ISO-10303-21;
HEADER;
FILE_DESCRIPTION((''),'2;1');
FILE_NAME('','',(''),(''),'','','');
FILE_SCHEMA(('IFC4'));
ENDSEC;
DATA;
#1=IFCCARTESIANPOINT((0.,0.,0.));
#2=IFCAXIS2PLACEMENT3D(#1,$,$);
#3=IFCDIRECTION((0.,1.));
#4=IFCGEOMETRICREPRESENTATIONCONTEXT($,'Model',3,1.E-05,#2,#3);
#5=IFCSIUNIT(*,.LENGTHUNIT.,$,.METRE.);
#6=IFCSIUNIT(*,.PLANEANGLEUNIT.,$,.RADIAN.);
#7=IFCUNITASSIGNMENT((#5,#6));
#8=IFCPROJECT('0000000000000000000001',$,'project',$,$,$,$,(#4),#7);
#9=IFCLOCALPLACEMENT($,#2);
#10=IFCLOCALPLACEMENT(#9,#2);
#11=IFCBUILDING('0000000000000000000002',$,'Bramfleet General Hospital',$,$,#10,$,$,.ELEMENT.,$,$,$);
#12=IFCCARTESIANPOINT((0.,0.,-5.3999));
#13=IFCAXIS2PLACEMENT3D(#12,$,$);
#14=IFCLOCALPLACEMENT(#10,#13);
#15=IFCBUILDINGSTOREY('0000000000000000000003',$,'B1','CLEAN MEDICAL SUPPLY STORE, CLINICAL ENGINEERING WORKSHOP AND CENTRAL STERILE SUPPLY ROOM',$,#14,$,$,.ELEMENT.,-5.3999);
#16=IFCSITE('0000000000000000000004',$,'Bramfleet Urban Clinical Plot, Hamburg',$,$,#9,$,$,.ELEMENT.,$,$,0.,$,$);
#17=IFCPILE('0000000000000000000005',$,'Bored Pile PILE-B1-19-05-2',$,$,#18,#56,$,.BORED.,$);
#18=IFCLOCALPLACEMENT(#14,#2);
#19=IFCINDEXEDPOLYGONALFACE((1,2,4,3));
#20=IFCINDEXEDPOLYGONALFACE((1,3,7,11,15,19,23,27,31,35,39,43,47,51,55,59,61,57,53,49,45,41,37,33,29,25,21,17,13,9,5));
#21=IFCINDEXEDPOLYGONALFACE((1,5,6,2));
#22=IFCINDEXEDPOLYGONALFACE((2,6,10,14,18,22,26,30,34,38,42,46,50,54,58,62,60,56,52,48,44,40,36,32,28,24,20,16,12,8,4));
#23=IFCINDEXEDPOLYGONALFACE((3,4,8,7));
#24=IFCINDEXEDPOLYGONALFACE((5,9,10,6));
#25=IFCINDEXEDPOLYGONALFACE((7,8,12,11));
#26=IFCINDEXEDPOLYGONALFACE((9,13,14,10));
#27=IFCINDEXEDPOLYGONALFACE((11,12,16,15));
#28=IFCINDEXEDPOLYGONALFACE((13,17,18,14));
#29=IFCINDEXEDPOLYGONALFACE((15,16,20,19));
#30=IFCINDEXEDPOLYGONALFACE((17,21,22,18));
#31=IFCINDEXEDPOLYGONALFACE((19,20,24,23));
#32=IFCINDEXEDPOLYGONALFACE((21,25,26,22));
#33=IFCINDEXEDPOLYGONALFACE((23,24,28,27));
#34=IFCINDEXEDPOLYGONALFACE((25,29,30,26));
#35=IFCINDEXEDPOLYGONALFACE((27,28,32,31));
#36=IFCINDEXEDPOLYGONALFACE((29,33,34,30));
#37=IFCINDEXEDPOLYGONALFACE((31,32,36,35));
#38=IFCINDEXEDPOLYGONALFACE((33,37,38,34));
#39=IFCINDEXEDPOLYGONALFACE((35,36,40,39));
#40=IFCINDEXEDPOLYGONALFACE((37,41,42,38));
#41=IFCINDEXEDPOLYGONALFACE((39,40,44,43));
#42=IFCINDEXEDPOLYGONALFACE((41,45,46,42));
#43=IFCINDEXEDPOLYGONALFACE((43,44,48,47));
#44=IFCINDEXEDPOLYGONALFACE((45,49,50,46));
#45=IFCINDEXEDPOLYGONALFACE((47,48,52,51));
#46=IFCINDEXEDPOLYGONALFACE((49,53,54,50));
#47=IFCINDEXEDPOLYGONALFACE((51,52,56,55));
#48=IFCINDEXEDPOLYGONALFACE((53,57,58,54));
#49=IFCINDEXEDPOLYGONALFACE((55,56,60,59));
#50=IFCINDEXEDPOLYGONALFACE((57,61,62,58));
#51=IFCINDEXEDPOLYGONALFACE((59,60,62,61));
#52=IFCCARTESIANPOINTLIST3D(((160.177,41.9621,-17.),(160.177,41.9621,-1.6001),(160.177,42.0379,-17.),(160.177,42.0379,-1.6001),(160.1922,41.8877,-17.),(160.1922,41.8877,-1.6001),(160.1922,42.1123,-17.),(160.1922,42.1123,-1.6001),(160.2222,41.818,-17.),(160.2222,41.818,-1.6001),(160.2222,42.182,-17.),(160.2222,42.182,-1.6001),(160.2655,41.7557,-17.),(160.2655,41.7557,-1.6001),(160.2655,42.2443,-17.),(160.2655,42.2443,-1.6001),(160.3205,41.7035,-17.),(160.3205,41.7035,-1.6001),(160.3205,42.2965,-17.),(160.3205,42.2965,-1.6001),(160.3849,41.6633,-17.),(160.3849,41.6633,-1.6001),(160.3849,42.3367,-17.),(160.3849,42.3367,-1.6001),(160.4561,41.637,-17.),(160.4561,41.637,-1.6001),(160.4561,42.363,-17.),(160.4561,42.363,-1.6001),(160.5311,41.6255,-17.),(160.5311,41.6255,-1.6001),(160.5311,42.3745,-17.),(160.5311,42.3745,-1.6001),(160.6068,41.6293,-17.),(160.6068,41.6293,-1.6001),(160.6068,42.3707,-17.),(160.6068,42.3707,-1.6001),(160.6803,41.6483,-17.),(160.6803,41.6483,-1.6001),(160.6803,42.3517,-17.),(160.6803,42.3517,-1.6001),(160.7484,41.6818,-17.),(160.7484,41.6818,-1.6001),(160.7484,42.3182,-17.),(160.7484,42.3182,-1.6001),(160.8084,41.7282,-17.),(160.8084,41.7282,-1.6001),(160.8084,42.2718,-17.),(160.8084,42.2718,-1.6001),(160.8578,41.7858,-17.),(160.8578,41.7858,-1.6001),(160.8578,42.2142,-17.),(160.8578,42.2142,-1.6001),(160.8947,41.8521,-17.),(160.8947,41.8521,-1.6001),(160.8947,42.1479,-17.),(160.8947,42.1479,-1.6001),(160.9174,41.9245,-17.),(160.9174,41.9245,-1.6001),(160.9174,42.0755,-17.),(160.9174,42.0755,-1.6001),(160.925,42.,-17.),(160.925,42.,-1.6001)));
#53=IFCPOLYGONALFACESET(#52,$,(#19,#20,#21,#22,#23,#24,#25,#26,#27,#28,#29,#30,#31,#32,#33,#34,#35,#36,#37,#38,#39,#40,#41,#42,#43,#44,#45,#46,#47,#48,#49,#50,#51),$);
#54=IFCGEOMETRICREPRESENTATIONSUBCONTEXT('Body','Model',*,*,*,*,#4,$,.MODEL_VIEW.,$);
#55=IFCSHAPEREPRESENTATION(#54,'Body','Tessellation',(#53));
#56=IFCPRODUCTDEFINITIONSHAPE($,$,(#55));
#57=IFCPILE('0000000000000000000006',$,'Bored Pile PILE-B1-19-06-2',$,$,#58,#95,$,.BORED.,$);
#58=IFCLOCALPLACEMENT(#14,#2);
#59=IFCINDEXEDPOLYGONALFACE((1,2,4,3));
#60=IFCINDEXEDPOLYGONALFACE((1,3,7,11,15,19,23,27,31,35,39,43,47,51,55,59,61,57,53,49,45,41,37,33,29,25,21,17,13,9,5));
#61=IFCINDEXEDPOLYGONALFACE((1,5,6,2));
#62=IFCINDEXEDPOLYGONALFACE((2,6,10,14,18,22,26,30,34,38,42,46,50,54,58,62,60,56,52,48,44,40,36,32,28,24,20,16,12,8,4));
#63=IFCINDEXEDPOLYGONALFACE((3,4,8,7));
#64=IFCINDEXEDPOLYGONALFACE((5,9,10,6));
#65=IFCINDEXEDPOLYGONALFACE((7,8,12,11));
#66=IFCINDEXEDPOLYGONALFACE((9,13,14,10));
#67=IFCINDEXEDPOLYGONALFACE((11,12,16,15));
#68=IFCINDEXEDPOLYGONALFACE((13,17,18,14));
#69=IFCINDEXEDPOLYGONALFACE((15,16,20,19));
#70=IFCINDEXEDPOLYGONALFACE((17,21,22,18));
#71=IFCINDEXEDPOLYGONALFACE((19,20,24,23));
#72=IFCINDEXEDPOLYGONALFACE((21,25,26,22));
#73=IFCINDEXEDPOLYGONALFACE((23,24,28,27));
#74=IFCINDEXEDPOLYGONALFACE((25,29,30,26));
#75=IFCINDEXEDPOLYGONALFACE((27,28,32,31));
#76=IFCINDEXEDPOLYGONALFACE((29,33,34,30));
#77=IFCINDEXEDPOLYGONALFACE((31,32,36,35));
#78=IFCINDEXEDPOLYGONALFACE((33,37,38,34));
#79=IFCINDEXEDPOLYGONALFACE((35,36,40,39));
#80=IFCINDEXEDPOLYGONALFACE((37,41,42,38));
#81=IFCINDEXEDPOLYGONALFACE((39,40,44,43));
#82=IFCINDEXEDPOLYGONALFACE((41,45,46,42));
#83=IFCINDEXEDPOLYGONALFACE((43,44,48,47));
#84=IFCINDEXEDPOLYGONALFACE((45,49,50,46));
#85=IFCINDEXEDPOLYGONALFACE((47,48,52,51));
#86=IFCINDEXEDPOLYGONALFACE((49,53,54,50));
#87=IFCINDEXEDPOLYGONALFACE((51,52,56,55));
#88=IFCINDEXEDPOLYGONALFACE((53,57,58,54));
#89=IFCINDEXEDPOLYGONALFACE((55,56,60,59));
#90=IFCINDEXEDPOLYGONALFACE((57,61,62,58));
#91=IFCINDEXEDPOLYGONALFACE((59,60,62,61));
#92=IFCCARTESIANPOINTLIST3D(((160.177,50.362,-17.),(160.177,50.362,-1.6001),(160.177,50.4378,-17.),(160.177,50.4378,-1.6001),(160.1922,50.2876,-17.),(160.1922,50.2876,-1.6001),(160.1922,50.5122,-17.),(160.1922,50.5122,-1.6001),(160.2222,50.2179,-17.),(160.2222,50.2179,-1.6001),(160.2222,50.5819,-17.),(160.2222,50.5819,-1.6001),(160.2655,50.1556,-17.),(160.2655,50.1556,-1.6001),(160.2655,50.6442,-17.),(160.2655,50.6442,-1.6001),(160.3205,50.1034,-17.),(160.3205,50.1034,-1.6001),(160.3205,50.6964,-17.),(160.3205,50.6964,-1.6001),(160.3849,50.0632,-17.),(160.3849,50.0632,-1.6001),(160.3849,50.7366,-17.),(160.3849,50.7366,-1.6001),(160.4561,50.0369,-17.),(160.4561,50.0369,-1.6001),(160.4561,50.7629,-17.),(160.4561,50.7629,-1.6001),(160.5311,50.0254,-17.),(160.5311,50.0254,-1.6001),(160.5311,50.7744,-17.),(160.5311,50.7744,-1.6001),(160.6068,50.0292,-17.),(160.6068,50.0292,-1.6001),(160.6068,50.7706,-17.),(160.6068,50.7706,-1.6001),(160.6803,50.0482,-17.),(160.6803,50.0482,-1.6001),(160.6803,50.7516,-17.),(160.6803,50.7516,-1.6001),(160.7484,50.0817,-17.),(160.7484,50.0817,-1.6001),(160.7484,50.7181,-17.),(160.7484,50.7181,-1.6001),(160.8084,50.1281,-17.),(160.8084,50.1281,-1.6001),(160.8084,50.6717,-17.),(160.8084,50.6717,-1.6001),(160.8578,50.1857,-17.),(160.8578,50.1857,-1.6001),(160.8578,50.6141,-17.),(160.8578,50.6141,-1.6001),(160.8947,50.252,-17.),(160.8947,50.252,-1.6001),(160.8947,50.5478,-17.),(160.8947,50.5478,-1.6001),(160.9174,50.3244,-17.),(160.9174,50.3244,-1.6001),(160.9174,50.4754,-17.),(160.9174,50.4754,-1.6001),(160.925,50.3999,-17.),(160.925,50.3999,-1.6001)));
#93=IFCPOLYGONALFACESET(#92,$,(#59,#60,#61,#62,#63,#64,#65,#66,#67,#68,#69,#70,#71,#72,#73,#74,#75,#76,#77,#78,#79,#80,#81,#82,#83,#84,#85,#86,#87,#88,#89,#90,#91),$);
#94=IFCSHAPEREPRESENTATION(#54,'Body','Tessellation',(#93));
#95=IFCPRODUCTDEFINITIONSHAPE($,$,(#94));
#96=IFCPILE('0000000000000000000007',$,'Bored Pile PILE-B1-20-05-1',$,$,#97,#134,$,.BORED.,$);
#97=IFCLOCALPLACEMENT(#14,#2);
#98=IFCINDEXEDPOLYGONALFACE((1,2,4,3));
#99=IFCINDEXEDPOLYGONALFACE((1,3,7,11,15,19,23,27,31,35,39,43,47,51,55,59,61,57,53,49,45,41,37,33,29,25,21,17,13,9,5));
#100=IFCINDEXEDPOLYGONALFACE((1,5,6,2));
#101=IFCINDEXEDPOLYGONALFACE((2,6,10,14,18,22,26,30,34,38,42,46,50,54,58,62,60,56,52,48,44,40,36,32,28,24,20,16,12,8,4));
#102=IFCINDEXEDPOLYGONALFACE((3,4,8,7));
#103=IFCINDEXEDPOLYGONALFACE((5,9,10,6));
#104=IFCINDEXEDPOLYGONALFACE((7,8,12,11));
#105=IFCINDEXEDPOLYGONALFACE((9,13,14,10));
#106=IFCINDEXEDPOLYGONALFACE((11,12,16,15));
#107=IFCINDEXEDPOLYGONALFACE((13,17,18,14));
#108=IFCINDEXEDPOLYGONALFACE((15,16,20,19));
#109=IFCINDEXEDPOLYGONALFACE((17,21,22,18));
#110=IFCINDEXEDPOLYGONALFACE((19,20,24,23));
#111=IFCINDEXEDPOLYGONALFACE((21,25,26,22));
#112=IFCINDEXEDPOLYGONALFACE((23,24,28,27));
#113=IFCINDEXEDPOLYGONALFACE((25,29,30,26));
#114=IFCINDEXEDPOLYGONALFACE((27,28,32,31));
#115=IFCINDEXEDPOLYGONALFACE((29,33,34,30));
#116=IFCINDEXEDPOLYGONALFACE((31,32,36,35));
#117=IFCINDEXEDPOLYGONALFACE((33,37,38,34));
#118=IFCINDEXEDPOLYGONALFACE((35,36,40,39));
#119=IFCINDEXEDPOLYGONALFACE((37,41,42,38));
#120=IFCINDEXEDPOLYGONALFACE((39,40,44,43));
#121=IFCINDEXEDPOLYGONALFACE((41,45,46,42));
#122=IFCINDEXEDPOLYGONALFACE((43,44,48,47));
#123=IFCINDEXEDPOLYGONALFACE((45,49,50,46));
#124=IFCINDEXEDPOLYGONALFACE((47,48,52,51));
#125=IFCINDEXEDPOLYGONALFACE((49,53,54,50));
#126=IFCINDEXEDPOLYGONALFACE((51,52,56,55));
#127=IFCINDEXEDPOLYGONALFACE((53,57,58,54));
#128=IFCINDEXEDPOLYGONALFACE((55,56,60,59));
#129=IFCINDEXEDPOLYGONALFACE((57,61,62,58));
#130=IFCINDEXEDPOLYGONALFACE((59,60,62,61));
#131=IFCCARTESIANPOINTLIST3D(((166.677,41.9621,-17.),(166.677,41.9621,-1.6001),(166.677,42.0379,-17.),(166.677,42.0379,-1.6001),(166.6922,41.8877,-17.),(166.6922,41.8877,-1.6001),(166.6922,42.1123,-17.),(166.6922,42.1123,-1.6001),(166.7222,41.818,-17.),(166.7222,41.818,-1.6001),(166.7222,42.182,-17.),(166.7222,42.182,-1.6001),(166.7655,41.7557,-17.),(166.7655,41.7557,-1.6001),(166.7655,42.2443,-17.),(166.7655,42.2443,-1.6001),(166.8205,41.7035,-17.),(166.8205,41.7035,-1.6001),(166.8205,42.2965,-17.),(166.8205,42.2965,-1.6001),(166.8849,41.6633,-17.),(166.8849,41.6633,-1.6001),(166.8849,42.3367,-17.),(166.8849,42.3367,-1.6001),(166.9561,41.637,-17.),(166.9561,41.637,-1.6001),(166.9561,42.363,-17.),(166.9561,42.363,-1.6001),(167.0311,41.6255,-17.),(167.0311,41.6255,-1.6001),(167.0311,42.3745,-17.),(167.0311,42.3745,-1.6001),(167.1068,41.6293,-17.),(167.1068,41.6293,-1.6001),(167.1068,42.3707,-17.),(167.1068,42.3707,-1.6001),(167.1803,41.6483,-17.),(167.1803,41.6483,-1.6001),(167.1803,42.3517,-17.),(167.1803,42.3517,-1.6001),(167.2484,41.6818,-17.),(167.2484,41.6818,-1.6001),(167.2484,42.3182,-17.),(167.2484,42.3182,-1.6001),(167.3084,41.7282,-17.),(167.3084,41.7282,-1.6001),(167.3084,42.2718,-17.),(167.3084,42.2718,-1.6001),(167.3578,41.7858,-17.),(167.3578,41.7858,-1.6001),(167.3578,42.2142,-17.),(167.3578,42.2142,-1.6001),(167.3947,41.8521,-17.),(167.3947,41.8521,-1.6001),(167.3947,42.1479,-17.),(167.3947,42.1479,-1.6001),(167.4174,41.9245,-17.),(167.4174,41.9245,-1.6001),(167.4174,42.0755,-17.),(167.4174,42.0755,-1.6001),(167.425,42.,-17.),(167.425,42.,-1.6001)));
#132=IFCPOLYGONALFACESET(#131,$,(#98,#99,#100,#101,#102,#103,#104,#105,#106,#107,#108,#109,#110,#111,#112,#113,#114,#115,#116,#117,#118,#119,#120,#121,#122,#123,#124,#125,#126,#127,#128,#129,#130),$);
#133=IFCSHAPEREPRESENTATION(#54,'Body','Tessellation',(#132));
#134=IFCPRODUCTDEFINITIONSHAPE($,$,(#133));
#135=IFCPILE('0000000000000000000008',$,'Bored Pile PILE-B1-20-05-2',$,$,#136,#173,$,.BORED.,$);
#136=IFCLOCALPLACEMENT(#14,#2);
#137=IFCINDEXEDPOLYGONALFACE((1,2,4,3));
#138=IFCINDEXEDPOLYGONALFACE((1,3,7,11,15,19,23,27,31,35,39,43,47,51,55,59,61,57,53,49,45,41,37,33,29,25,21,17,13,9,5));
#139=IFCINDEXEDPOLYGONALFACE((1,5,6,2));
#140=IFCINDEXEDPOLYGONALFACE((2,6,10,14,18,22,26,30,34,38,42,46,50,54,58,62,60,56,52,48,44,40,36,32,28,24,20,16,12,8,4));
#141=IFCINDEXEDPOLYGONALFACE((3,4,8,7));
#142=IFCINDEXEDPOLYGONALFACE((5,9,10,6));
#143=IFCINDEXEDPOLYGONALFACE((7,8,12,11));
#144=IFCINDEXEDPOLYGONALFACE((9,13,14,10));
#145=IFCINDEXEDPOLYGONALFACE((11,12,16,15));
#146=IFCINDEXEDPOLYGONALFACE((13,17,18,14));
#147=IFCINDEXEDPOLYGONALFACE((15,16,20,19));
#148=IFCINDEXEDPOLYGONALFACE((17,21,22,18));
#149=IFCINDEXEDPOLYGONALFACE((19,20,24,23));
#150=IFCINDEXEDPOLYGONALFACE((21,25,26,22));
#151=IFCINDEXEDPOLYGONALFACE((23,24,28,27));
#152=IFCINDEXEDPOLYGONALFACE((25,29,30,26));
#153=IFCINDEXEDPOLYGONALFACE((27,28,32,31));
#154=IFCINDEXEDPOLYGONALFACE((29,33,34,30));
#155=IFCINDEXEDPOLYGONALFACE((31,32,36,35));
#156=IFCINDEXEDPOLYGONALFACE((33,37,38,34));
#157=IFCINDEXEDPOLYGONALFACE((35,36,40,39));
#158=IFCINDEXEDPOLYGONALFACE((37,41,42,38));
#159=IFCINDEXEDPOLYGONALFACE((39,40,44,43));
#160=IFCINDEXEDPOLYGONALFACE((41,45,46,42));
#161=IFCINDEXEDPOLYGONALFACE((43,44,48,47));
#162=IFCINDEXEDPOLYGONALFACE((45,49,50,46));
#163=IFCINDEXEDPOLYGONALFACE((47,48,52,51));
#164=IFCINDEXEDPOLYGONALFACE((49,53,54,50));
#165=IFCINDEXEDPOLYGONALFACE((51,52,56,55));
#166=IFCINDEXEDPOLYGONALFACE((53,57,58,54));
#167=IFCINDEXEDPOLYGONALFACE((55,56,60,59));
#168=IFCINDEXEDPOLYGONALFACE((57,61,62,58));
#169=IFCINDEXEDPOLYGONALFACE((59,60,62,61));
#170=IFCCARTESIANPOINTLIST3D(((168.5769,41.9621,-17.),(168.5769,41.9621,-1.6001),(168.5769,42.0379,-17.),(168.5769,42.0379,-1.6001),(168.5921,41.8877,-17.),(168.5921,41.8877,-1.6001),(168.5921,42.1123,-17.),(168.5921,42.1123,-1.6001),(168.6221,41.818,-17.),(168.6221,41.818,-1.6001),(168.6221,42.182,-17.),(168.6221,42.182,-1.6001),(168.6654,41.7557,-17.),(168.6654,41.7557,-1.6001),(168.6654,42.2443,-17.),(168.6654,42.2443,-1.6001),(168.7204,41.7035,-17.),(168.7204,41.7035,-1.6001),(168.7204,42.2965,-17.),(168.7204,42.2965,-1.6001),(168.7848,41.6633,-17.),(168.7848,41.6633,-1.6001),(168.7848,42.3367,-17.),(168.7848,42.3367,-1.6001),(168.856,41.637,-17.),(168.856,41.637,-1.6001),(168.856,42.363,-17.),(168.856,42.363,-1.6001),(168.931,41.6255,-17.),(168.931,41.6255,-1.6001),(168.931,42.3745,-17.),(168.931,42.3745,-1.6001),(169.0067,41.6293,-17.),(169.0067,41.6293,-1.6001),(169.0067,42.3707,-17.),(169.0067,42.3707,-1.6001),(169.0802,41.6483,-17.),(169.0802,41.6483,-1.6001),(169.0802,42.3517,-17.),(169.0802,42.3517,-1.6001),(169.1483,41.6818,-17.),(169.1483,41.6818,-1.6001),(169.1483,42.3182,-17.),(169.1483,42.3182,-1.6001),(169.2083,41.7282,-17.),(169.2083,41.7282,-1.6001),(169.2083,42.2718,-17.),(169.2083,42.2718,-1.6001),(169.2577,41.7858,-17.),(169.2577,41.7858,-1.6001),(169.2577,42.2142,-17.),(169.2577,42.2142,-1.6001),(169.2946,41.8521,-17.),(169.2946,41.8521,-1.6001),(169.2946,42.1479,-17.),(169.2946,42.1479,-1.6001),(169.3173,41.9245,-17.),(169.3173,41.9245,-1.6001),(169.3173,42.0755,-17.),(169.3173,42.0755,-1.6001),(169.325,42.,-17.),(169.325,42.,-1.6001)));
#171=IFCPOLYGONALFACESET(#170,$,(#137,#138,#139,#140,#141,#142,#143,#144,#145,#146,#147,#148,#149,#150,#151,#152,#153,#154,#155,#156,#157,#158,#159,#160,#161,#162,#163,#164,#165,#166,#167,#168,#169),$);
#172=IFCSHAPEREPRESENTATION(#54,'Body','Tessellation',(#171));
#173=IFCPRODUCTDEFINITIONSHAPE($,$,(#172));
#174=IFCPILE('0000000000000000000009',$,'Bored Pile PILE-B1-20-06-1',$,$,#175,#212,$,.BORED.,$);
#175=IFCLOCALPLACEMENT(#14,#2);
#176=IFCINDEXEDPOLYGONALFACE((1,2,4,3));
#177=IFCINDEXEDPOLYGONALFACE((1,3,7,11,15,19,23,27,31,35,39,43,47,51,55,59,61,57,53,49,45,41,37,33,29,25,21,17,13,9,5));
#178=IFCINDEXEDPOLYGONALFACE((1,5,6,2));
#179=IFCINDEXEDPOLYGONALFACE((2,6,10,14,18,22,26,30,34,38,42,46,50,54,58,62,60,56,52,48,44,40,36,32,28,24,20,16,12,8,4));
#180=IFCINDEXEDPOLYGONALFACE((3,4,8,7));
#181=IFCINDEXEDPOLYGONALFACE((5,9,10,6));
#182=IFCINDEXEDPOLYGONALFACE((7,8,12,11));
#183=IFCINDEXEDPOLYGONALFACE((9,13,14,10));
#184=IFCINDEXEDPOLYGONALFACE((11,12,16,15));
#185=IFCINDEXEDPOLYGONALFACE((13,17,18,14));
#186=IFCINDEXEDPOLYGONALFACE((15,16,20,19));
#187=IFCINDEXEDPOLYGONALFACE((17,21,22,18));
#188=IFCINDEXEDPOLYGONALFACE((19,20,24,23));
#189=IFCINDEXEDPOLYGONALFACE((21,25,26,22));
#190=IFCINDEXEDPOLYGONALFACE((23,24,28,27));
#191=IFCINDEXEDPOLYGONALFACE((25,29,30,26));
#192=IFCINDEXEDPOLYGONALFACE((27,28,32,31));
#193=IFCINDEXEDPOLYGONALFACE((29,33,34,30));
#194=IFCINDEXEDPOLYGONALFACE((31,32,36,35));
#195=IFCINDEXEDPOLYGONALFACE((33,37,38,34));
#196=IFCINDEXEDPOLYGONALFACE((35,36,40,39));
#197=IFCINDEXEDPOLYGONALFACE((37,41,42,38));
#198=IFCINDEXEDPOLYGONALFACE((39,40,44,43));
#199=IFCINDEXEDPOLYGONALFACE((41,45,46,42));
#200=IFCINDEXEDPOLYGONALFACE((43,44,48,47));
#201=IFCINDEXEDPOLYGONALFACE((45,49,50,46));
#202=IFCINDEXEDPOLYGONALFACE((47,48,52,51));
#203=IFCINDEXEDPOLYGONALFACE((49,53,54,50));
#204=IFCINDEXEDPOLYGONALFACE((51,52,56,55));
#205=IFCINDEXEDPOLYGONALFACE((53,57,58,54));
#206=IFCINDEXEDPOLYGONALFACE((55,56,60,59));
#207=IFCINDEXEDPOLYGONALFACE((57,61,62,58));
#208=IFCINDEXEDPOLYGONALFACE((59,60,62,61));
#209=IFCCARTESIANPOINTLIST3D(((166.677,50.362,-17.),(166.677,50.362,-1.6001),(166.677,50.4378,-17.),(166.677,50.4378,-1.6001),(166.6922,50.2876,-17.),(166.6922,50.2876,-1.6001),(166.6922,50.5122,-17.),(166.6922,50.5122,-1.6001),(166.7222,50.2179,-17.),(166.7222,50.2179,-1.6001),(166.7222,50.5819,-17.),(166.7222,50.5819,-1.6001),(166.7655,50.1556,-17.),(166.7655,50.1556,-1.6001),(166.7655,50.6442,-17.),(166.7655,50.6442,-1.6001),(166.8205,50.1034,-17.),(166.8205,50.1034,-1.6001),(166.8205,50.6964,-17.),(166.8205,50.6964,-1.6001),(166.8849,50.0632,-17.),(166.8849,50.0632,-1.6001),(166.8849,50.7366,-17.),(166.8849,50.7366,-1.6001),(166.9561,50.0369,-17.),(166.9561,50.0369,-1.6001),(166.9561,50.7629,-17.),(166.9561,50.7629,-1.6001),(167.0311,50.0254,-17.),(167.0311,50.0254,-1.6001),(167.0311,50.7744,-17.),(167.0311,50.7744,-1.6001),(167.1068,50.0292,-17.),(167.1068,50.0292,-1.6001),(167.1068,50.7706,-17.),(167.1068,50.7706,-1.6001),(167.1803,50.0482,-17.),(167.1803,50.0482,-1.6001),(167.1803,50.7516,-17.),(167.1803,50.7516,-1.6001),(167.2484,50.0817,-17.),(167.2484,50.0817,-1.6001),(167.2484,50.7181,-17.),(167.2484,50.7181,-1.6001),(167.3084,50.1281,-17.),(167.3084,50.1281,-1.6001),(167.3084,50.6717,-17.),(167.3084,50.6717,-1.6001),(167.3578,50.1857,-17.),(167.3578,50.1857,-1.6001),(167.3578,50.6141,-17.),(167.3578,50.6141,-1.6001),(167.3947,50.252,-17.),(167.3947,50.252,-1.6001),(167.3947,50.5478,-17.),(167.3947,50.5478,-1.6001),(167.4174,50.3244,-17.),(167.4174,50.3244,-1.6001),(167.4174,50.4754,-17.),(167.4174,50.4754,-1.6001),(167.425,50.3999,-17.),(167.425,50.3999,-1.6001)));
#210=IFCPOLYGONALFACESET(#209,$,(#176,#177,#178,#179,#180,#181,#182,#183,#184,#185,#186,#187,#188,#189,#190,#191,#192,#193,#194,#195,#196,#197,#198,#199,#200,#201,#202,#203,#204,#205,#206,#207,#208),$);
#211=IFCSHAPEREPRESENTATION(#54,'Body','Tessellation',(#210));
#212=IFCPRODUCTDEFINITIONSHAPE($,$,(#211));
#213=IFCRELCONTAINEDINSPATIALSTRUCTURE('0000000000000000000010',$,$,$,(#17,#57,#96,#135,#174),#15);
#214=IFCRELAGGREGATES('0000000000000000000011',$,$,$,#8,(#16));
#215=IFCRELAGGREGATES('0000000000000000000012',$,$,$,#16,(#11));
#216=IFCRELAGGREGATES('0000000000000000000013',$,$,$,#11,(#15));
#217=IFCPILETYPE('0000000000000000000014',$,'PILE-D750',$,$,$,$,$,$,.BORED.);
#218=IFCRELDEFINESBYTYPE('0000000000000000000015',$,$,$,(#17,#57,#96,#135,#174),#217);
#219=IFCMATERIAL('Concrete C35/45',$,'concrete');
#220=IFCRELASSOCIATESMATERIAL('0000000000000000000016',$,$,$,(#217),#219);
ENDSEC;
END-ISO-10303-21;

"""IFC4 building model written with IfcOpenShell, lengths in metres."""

from ifc_helpers import new_model, si_unit, direction, frame, origin, origin_2d, place, context, subcontext, project, spatial, circle, extrude, material, material_profile, profile_set, type_object, element, save


model = new_model("IFC4")

# Units and contexts
model_context = context("Model", 3, precision=1e-05, world=origin(), true_north=direction((0.0, 1.0)))
body_context = subcontext(model_context, "Body", "Model", "MODEL_VIEW")
ifc_project = project(units=[si_unit("LENGTHUNIT", "METRE"), si_unit("PLANEANGLEUNIT", "RADIAN")], contexts=[model_context])

# Site, building, storey
site_placement = place(None, origin())
site = spatial("IfcSite", under=ifc_project, at=site_placement, Name="Bramfleet Urban Clinical Plot, Hamburg", CompositionType="ELEMENT", RefElevation=0.0)
building_placement = place(site_placement, origin())
building = spatial("IfcBuilding", under=site, at=building_placement, Name="Bramfleet General Hospital", CompositionType="ELEMENT")
storey_placement = place(building_placement, frame((0.0, 0.0, -5.3999)))
storey = spatial("IfcBuildingStorey", under=building, at=storey_placement, Name="B1", Description="CLEAN MEDICAL SUPPLY STORE, CLINICAL ENGINEERING WORKSHOP AND CENTRAL STERILE SUPPLY ROOM", CompositionType="ELEMENT", Elevation=-5.3999)

# Shared definitions
ifc_material_1 = material(Name="Concrete C35/45", Category="concrete")

# Piles
ifc_material_profile_1 = material_profile(ifc_material_1, circle(Radius=0.375, at=origin_2d()), Name="PILE BORED D750")
ifc_profile_set_1 = profile_set([ifc_material_profile_1], Name="Concrete C35/45")
pile_type = type_object("IfcPileType", Name="PILE-D750", PredefinedType="BORED", material=ifc_profile_set_1)
for number, where, z_axis, x_axis, name in (
    (1, (160.55, 42.0, -1.6001), (0.0, 0.0, -1.0), (1.0, 0.0, 0.0), "Bored Pile PILE-B1-19-05-2"),
    (2, (160.55, 50.3999, -1.6001), (0.0, 0.0, -1.0), (1.0, 0.0, 0.0), "Bored Pile PILE-B1-19-06-2"),
    (3, (167.05, 42.0, -1.6001), (0.0, 0.0, -1.0), (1.0, 0.0, 0.0), "Bored Pile PILE-B1-20-05-1"),
    (4, (168.95, 42.0, -1.6001), (0.0, 0.0, -1.0), (1.0, 0.0, 0.0), "Bored Pile PILE-B1-20-05-2"),
    (5, (167.05, 50.3999, -1.6001), (0.0, 0.0, -1.0), (1.0, 0.0, 0.0), "Bored Pile PILE-B1-20-06-1"),
):
    element("IfcPile", number, at=place(storey_placement, frame(where, z_axis=z_axis, x_axis=x_axis)), inside=storey, type_object=pile_type, Name=name, PredefinedType="BORED", context=body_context, shape_type="SweptSolid", body=[
        extrude(circle(Radius=0.375, at=origin_2d()), origin(), (0.0, 0.0, 1.0), 15.3999),
    ])

save(model, "model.ifc")
